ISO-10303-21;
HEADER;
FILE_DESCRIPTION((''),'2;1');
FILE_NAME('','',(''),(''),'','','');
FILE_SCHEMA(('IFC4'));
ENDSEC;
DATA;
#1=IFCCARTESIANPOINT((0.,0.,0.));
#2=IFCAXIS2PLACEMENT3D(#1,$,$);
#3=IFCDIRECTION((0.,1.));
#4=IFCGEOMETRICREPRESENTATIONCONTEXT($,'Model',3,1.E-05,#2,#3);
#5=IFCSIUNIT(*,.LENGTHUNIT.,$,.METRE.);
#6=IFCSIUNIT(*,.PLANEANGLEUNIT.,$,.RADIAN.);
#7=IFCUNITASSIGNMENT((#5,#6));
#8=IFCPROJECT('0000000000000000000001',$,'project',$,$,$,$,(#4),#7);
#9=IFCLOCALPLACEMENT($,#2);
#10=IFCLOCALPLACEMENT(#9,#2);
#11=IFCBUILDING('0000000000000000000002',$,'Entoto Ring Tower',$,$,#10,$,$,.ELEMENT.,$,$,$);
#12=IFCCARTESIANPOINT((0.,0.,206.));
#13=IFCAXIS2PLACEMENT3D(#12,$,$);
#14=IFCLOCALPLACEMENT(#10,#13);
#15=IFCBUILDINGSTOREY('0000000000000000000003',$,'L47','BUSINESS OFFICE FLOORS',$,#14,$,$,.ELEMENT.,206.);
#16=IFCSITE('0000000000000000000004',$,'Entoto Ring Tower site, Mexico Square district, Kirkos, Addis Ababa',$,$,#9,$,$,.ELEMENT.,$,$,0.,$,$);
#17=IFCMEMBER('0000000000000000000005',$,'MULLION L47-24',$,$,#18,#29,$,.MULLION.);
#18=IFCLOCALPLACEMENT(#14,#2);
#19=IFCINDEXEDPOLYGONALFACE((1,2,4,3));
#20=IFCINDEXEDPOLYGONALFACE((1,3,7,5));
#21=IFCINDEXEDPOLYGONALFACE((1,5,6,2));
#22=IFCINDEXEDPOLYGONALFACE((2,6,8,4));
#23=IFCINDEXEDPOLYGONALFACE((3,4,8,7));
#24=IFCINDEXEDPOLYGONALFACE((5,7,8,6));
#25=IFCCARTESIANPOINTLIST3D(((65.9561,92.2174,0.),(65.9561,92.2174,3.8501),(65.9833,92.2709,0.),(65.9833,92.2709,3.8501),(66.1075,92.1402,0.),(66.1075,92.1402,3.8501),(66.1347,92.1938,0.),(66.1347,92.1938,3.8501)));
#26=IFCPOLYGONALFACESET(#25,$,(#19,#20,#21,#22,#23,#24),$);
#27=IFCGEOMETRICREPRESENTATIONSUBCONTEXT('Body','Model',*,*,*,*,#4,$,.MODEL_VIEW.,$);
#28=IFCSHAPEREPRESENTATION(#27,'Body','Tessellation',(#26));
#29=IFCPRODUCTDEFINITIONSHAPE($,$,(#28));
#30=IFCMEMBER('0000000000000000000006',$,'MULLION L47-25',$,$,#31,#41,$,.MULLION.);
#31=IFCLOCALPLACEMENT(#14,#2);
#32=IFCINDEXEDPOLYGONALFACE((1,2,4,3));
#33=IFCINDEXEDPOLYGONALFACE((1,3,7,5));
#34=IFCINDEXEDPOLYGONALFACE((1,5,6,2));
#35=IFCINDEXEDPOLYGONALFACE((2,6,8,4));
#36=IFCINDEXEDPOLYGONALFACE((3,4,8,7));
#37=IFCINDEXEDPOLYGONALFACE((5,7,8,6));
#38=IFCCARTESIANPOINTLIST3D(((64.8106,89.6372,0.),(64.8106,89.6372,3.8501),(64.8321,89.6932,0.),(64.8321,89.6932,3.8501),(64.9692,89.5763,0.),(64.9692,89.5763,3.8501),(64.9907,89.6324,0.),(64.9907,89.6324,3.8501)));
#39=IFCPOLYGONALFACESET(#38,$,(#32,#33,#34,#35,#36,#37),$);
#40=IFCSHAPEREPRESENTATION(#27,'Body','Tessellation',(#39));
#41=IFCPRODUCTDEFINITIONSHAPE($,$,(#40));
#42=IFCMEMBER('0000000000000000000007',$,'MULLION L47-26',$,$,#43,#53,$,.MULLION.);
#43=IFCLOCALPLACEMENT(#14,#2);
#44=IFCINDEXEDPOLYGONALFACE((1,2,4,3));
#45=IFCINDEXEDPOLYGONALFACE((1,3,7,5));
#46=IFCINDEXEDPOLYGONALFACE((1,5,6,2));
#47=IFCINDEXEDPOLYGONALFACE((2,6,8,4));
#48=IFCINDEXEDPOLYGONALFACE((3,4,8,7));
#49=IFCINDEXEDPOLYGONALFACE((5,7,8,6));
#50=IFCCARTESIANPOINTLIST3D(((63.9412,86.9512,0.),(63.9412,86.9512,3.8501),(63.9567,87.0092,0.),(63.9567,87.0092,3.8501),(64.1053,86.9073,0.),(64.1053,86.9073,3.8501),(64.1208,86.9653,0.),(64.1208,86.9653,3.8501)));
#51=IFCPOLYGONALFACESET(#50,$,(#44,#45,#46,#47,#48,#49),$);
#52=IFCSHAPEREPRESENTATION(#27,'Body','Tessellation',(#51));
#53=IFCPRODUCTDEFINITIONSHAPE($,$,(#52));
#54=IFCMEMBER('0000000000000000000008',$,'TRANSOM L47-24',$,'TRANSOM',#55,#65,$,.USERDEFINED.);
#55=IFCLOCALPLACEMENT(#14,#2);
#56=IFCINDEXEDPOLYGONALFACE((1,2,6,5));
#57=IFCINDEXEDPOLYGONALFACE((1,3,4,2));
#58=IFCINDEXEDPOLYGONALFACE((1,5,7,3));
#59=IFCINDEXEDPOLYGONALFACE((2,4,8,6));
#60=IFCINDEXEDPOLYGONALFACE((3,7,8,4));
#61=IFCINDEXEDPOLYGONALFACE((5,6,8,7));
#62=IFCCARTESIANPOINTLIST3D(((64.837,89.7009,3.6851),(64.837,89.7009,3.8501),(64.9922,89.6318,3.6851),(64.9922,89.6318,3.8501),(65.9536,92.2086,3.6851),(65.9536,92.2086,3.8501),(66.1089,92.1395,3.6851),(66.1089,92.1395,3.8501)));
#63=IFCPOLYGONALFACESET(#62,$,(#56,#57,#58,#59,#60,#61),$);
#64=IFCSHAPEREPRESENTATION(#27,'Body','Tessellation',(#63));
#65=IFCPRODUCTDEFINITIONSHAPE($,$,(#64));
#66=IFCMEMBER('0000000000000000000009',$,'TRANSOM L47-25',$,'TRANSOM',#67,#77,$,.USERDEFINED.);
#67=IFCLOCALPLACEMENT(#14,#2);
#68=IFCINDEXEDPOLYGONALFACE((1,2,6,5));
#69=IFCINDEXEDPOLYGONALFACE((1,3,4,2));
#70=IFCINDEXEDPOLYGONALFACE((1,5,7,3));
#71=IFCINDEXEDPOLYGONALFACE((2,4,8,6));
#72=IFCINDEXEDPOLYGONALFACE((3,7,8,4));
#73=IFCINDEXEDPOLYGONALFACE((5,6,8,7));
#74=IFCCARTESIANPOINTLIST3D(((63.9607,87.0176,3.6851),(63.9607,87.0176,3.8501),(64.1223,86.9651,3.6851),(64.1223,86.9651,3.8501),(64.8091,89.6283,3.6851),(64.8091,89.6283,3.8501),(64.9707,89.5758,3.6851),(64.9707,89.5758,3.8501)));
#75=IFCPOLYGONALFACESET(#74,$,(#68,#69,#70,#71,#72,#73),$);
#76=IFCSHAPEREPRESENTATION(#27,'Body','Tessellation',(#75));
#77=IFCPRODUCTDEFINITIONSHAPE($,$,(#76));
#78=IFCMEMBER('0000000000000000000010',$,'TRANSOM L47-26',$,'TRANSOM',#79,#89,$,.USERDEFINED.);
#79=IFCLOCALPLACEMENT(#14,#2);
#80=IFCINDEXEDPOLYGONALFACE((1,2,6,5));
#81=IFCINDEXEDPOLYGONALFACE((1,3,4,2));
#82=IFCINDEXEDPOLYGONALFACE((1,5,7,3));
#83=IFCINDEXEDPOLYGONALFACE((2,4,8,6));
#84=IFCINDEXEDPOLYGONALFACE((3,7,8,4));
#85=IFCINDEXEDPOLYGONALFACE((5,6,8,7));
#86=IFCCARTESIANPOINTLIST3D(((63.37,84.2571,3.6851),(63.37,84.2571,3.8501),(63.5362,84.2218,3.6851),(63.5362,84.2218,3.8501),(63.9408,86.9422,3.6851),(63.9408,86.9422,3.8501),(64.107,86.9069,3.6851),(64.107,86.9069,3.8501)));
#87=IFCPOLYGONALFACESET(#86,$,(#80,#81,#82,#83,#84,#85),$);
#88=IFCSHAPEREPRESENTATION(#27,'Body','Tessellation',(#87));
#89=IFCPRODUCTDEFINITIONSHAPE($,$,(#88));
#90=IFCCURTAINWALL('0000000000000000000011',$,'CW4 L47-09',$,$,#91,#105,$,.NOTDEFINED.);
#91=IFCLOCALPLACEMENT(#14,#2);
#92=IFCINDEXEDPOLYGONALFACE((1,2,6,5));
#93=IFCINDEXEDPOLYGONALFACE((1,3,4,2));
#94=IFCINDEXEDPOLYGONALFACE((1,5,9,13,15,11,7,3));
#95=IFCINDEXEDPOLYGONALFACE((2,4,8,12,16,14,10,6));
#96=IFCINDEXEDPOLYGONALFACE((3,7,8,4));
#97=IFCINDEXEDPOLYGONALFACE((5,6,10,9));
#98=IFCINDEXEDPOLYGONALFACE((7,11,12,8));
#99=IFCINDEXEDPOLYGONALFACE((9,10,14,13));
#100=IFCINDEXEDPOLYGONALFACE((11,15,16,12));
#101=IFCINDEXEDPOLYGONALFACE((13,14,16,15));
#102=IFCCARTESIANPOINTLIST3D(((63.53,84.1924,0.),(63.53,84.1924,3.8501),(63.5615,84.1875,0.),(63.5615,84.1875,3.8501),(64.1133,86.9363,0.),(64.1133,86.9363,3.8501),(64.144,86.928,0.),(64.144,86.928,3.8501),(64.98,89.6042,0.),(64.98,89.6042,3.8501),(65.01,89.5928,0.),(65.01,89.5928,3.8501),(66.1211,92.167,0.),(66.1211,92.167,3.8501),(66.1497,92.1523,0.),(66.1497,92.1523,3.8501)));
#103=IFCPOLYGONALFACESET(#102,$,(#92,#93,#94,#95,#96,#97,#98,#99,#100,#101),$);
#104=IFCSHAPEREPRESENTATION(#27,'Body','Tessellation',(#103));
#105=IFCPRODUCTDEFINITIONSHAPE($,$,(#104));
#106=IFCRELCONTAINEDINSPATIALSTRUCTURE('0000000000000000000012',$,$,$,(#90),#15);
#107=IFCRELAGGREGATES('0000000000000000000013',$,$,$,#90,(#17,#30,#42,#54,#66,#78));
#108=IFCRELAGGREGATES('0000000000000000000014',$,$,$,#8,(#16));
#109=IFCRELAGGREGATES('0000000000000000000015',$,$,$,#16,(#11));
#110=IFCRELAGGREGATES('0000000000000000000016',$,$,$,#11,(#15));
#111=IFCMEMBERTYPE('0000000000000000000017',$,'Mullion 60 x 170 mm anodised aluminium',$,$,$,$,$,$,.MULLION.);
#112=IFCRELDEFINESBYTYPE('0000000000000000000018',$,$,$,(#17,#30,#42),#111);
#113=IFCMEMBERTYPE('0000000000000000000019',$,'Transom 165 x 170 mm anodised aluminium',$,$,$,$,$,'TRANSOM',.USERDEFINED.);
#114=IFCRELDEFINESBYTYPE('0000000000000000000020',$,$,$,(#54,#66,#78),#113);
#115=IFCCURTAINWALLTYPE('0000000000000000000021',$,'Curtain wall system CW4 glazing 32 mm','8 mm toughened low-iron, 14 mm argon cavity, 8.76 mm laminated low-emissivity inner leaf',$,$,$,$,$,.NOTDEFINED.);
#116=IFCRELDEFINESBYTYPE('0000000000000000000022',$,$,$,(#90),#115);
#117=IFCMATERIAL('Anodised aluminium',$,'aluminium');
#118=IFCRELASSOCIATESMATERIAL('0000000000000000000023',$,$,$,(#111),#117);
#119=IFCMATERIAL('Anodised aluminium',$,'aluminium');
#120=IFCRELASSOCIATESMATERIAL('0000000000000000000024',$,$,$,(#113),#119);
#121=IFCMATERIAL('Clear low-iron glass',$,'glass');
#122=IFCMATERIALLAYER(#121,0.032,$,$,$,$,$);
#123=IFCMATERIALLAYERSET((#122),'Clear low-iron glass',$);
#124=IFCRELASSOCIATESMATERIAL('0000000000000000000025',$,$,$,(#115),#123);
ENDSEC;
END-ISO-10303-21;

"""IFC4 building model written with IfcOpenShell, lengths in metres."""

from ifc_helpers import new_model, si_unit, direction, frame, origin, origin_2d, place, context, subcontext, project, spatial, polyline, rectangle, outline, extrude, material, layer, layer_set, material_profile, profile_set, type_object, element, aggregate, save


model = new_model("IFC4")

# Units and contexts
model_context = context("Model", 3, precision=1e-05, world=origin(), true_north=direction((0.0, 1.0)))
body_context = subcontext(model_context, "Body", "Model", "MODEL_VIEW")
ifc_project = project(units=[si_unit("LENGTHUNIT", "METRE"), si_unit("PLANEANGLEUNIT", "RADIAN")], contexts=[model_context])

# Members
ifc_material_1 = material(Name="Anodised aluminium", Category="aluminium")
ifc_material_profile_1 = material_profile(ifc_material_1, rectangle(XDim=0.0601, YDim=0.1699, at=origin_2d()), Name="Mullion 60 x 170 mm anodised aluminium")
ifc_profile_set_1 = profile_set([ifc_material_profile_1], Name="Anodised aluminium")
member_type_1 = type_object("IfcMemberType", Name="Mullion 60 x 170 mm anodised aluminium", PredefinedType="MULLION", material=ifc_profile_set_1)
site_placement = place(None, origin())
building_placement = place(site_placement, origin())
storey_placement = place(building_placement, frame((0.0, 0.0, 206.0)))
member_1_placement = place(storey_placement, frame((66.0454, 92.2056, 0.0), z_axis=(0.0, 0.0, 1.0), x_axis=(-0.45399, -0.891007, 0.0)))
member_1 = element("IfcMember", 1, at=member_1_placement, type_object=member_type_1, Name="MULLION L47-24", PredefinedType="MULLION", context=body_context, shape_type="SweptSolid", body=[
    extrude(rectangle(XDim=0.0601, YDim=0.1699, at=origin_2d()), origin(), (0.0, 0.0, 1.0), 3.8501),
])
member_2_placement = place(storey_placement, frame((64.9006, 89.6348, 0.0), z_axis=(0.0, 0.0, 1.0), x_axis=(-0.358368, -0.93358, 0.0)))
member_2 = element("IfcMember", 2, at=member_2_placement, type_object=member_type_1, Name="MULLION L47-25", PredefinedType="MULLION", context=body_context, shape_type="SweptSolid", body=[
    extrude(rectangle(XDim=0.0601, YDim=0.1699, at=origin_2d()), origin(), (0.0, 0.0, 1.0), 3.8501),
])
member_3_placement = place(storey_placement, frame((64.031, 86.9583, 0.0), z_axis=(0.0, 0.0, 1.0), x_axis=(-0.258819, -0.965926, 0.0)))
member_3 = element("IfcMember", 3, at=member_3_placement, type_object=member_type_1, Name="MULLION L47-26", PredefinedType="MULLION", context=body_context, shape_type="SweptSolid", body=[
    extrude(rectangle(XDim=0.0601, YDim=0.1699, at=origin_2d()), origin(), (0.0, 0.0, 1.0), 3.8501),
])
ifc_material_2 = material(Name="Anodised aluminium", Category="aluminium")
ifc_material_profile_2 = material_profile(ifc_material_2, rectangle(XDim=0.1699, YDim=0.165, at=origin_2d()), Name="Transom 165 x 170 mm anodised aluminium")
ifc_profile_set_2 = profile_set([ifc_material_profile_2], Name="Anodised aluminium")
member_type_2 = type_object("IfcMemberType", Name="Transom 165 x 170 mm anodised aluminium", ElementType="TRANSOM", PredefinedType="USERDEFINED", material=ifc_profile_set_2)
member_4_placement = place(storey_placement, frame((66.0312, 92.1741, 3.7676), z_axis=(-0.406782, -0.913525, 0.0), x_axis=(0.913525, -0.406782, 0.0)))
member_4 = element("IfcMember", 4, at=member_4_placement, type_object=member_type_2, Name="TRANSOM L47-24", ObjectType="TRANSOM", PredefinedType="USERDEFINED", context=body_context, shape_type="SweptSolid", body=[
    extrude(rectangle(XDim=0.1699, YDim=0.165, at=origin_2d()), origin(), (0.0, 0.0, 1.0), 2.7451),
])
member_5_placement = place(storey_placement, frame((64.8899, 89.6021, 3.7676), z_axis=(-0.309042, -0.951048, 0.0), x_axis=(0.951048, -0.309042, 0.0)))
member_5 = element("IfcMember", 5, at=member_5_placement, type_object=member_type_2, Name="TRANSOM L47-25", ObjectType="TRANSOM", PredefinedType="USERDEFINED", context=body_context, shape_type="SweptSolid", body=[
    extrude(rectangle(XDim=0.1699, YDim=0.165, at=origin_2d()), origin(), (0.0, 0.0, 1.0), 2.7451),
])
member_6_placement = place(storey_placement, frame((64.0239, 86.9246, 3.7676), z_axis=(-0.207937, -0.978142, 0.0), x_axis=(0.978142, -0.207937, 0.0)))
member_6 = element("IfcMember", 6, at=member_6_placement, type_object=member_type_2, Name="TRANSOM L47-26", ObjectType="TRANSOM", PredefinedType="USERDEFINED", context=body_context, shape_type="SweptSolid", body=[
    extrude(rectangle(XDim=0.1699, YDim=0.165, at=origin_2d()), origin(), (0.0, 0.0, 1.0), 2.7451),
])

# Site, building, storey
site = spatial("IfcSite", under=ifc_project, at=site_placement, Name="Entoto Ring Tower site, Mexico Square district, Kirkos, Addis Ababa", CompositionType="ELEMENT", RefElevation=0.0)
building = spatial("IfcBuilding", under=site, at=building_placement, Name="Entoto Ring Tower", CompositionType="ELEMENT")
storey = spatial("IfcBuildingStorey", under=building, at=storey_placement, Name="L47", Description="BUSINESS OFFICE FLOORS", CompositionType="ELEMENT", Elevation=206.0)

# Curtain wall
ifc_material_3 = material(Name="Clear low-iron glass", Category="glass")
ifc_layer = layer(ifc_material_3, 0.032)
ifc_layer_set = layer_set([ifc_layer], Name="Clear low-iron glass")
curtain_wall_type = type_object("IfcCurtainWallType", Name="Curtain wall system CW4 glazing 32 mm", Description="8 mm toughened low-iron, 14 mm argon cavity, 8.76 mm laminated low-emissivity inner leaf", PredefinedType="NOTDEFINED", material=ifc_layer_set)
curtain_wall_1_placement = place(storey_placement, origin())
curtain_wall_1 = element("IfcCurtainWall", 7, at=curtain_wall_1_placement, inside=storey, type_object=curtain_wall_type, Name="CW4 L47-09", PredefinedType="NOTDEFINED", context=body_context, shape_type="SweptSolid", body=[
    extrude(outline(polyline([(66.1211, 92.167), (64.98, 89.6042), (64.1133, 86.9363), (63.53, 84.1924), (63.5615, 84.1875), (64.144, 86.928), (65.01, 89.5928), (66.1497, 92.1523), (66.1211, 92.167)])), origin(), (0.0, 0.0, 1.0), 3.8501),
])
aggregate(curtain_wall_1, [member_1, member_2, member_3, member_4, member_5, member_6])

save(model, "model.ifc")
